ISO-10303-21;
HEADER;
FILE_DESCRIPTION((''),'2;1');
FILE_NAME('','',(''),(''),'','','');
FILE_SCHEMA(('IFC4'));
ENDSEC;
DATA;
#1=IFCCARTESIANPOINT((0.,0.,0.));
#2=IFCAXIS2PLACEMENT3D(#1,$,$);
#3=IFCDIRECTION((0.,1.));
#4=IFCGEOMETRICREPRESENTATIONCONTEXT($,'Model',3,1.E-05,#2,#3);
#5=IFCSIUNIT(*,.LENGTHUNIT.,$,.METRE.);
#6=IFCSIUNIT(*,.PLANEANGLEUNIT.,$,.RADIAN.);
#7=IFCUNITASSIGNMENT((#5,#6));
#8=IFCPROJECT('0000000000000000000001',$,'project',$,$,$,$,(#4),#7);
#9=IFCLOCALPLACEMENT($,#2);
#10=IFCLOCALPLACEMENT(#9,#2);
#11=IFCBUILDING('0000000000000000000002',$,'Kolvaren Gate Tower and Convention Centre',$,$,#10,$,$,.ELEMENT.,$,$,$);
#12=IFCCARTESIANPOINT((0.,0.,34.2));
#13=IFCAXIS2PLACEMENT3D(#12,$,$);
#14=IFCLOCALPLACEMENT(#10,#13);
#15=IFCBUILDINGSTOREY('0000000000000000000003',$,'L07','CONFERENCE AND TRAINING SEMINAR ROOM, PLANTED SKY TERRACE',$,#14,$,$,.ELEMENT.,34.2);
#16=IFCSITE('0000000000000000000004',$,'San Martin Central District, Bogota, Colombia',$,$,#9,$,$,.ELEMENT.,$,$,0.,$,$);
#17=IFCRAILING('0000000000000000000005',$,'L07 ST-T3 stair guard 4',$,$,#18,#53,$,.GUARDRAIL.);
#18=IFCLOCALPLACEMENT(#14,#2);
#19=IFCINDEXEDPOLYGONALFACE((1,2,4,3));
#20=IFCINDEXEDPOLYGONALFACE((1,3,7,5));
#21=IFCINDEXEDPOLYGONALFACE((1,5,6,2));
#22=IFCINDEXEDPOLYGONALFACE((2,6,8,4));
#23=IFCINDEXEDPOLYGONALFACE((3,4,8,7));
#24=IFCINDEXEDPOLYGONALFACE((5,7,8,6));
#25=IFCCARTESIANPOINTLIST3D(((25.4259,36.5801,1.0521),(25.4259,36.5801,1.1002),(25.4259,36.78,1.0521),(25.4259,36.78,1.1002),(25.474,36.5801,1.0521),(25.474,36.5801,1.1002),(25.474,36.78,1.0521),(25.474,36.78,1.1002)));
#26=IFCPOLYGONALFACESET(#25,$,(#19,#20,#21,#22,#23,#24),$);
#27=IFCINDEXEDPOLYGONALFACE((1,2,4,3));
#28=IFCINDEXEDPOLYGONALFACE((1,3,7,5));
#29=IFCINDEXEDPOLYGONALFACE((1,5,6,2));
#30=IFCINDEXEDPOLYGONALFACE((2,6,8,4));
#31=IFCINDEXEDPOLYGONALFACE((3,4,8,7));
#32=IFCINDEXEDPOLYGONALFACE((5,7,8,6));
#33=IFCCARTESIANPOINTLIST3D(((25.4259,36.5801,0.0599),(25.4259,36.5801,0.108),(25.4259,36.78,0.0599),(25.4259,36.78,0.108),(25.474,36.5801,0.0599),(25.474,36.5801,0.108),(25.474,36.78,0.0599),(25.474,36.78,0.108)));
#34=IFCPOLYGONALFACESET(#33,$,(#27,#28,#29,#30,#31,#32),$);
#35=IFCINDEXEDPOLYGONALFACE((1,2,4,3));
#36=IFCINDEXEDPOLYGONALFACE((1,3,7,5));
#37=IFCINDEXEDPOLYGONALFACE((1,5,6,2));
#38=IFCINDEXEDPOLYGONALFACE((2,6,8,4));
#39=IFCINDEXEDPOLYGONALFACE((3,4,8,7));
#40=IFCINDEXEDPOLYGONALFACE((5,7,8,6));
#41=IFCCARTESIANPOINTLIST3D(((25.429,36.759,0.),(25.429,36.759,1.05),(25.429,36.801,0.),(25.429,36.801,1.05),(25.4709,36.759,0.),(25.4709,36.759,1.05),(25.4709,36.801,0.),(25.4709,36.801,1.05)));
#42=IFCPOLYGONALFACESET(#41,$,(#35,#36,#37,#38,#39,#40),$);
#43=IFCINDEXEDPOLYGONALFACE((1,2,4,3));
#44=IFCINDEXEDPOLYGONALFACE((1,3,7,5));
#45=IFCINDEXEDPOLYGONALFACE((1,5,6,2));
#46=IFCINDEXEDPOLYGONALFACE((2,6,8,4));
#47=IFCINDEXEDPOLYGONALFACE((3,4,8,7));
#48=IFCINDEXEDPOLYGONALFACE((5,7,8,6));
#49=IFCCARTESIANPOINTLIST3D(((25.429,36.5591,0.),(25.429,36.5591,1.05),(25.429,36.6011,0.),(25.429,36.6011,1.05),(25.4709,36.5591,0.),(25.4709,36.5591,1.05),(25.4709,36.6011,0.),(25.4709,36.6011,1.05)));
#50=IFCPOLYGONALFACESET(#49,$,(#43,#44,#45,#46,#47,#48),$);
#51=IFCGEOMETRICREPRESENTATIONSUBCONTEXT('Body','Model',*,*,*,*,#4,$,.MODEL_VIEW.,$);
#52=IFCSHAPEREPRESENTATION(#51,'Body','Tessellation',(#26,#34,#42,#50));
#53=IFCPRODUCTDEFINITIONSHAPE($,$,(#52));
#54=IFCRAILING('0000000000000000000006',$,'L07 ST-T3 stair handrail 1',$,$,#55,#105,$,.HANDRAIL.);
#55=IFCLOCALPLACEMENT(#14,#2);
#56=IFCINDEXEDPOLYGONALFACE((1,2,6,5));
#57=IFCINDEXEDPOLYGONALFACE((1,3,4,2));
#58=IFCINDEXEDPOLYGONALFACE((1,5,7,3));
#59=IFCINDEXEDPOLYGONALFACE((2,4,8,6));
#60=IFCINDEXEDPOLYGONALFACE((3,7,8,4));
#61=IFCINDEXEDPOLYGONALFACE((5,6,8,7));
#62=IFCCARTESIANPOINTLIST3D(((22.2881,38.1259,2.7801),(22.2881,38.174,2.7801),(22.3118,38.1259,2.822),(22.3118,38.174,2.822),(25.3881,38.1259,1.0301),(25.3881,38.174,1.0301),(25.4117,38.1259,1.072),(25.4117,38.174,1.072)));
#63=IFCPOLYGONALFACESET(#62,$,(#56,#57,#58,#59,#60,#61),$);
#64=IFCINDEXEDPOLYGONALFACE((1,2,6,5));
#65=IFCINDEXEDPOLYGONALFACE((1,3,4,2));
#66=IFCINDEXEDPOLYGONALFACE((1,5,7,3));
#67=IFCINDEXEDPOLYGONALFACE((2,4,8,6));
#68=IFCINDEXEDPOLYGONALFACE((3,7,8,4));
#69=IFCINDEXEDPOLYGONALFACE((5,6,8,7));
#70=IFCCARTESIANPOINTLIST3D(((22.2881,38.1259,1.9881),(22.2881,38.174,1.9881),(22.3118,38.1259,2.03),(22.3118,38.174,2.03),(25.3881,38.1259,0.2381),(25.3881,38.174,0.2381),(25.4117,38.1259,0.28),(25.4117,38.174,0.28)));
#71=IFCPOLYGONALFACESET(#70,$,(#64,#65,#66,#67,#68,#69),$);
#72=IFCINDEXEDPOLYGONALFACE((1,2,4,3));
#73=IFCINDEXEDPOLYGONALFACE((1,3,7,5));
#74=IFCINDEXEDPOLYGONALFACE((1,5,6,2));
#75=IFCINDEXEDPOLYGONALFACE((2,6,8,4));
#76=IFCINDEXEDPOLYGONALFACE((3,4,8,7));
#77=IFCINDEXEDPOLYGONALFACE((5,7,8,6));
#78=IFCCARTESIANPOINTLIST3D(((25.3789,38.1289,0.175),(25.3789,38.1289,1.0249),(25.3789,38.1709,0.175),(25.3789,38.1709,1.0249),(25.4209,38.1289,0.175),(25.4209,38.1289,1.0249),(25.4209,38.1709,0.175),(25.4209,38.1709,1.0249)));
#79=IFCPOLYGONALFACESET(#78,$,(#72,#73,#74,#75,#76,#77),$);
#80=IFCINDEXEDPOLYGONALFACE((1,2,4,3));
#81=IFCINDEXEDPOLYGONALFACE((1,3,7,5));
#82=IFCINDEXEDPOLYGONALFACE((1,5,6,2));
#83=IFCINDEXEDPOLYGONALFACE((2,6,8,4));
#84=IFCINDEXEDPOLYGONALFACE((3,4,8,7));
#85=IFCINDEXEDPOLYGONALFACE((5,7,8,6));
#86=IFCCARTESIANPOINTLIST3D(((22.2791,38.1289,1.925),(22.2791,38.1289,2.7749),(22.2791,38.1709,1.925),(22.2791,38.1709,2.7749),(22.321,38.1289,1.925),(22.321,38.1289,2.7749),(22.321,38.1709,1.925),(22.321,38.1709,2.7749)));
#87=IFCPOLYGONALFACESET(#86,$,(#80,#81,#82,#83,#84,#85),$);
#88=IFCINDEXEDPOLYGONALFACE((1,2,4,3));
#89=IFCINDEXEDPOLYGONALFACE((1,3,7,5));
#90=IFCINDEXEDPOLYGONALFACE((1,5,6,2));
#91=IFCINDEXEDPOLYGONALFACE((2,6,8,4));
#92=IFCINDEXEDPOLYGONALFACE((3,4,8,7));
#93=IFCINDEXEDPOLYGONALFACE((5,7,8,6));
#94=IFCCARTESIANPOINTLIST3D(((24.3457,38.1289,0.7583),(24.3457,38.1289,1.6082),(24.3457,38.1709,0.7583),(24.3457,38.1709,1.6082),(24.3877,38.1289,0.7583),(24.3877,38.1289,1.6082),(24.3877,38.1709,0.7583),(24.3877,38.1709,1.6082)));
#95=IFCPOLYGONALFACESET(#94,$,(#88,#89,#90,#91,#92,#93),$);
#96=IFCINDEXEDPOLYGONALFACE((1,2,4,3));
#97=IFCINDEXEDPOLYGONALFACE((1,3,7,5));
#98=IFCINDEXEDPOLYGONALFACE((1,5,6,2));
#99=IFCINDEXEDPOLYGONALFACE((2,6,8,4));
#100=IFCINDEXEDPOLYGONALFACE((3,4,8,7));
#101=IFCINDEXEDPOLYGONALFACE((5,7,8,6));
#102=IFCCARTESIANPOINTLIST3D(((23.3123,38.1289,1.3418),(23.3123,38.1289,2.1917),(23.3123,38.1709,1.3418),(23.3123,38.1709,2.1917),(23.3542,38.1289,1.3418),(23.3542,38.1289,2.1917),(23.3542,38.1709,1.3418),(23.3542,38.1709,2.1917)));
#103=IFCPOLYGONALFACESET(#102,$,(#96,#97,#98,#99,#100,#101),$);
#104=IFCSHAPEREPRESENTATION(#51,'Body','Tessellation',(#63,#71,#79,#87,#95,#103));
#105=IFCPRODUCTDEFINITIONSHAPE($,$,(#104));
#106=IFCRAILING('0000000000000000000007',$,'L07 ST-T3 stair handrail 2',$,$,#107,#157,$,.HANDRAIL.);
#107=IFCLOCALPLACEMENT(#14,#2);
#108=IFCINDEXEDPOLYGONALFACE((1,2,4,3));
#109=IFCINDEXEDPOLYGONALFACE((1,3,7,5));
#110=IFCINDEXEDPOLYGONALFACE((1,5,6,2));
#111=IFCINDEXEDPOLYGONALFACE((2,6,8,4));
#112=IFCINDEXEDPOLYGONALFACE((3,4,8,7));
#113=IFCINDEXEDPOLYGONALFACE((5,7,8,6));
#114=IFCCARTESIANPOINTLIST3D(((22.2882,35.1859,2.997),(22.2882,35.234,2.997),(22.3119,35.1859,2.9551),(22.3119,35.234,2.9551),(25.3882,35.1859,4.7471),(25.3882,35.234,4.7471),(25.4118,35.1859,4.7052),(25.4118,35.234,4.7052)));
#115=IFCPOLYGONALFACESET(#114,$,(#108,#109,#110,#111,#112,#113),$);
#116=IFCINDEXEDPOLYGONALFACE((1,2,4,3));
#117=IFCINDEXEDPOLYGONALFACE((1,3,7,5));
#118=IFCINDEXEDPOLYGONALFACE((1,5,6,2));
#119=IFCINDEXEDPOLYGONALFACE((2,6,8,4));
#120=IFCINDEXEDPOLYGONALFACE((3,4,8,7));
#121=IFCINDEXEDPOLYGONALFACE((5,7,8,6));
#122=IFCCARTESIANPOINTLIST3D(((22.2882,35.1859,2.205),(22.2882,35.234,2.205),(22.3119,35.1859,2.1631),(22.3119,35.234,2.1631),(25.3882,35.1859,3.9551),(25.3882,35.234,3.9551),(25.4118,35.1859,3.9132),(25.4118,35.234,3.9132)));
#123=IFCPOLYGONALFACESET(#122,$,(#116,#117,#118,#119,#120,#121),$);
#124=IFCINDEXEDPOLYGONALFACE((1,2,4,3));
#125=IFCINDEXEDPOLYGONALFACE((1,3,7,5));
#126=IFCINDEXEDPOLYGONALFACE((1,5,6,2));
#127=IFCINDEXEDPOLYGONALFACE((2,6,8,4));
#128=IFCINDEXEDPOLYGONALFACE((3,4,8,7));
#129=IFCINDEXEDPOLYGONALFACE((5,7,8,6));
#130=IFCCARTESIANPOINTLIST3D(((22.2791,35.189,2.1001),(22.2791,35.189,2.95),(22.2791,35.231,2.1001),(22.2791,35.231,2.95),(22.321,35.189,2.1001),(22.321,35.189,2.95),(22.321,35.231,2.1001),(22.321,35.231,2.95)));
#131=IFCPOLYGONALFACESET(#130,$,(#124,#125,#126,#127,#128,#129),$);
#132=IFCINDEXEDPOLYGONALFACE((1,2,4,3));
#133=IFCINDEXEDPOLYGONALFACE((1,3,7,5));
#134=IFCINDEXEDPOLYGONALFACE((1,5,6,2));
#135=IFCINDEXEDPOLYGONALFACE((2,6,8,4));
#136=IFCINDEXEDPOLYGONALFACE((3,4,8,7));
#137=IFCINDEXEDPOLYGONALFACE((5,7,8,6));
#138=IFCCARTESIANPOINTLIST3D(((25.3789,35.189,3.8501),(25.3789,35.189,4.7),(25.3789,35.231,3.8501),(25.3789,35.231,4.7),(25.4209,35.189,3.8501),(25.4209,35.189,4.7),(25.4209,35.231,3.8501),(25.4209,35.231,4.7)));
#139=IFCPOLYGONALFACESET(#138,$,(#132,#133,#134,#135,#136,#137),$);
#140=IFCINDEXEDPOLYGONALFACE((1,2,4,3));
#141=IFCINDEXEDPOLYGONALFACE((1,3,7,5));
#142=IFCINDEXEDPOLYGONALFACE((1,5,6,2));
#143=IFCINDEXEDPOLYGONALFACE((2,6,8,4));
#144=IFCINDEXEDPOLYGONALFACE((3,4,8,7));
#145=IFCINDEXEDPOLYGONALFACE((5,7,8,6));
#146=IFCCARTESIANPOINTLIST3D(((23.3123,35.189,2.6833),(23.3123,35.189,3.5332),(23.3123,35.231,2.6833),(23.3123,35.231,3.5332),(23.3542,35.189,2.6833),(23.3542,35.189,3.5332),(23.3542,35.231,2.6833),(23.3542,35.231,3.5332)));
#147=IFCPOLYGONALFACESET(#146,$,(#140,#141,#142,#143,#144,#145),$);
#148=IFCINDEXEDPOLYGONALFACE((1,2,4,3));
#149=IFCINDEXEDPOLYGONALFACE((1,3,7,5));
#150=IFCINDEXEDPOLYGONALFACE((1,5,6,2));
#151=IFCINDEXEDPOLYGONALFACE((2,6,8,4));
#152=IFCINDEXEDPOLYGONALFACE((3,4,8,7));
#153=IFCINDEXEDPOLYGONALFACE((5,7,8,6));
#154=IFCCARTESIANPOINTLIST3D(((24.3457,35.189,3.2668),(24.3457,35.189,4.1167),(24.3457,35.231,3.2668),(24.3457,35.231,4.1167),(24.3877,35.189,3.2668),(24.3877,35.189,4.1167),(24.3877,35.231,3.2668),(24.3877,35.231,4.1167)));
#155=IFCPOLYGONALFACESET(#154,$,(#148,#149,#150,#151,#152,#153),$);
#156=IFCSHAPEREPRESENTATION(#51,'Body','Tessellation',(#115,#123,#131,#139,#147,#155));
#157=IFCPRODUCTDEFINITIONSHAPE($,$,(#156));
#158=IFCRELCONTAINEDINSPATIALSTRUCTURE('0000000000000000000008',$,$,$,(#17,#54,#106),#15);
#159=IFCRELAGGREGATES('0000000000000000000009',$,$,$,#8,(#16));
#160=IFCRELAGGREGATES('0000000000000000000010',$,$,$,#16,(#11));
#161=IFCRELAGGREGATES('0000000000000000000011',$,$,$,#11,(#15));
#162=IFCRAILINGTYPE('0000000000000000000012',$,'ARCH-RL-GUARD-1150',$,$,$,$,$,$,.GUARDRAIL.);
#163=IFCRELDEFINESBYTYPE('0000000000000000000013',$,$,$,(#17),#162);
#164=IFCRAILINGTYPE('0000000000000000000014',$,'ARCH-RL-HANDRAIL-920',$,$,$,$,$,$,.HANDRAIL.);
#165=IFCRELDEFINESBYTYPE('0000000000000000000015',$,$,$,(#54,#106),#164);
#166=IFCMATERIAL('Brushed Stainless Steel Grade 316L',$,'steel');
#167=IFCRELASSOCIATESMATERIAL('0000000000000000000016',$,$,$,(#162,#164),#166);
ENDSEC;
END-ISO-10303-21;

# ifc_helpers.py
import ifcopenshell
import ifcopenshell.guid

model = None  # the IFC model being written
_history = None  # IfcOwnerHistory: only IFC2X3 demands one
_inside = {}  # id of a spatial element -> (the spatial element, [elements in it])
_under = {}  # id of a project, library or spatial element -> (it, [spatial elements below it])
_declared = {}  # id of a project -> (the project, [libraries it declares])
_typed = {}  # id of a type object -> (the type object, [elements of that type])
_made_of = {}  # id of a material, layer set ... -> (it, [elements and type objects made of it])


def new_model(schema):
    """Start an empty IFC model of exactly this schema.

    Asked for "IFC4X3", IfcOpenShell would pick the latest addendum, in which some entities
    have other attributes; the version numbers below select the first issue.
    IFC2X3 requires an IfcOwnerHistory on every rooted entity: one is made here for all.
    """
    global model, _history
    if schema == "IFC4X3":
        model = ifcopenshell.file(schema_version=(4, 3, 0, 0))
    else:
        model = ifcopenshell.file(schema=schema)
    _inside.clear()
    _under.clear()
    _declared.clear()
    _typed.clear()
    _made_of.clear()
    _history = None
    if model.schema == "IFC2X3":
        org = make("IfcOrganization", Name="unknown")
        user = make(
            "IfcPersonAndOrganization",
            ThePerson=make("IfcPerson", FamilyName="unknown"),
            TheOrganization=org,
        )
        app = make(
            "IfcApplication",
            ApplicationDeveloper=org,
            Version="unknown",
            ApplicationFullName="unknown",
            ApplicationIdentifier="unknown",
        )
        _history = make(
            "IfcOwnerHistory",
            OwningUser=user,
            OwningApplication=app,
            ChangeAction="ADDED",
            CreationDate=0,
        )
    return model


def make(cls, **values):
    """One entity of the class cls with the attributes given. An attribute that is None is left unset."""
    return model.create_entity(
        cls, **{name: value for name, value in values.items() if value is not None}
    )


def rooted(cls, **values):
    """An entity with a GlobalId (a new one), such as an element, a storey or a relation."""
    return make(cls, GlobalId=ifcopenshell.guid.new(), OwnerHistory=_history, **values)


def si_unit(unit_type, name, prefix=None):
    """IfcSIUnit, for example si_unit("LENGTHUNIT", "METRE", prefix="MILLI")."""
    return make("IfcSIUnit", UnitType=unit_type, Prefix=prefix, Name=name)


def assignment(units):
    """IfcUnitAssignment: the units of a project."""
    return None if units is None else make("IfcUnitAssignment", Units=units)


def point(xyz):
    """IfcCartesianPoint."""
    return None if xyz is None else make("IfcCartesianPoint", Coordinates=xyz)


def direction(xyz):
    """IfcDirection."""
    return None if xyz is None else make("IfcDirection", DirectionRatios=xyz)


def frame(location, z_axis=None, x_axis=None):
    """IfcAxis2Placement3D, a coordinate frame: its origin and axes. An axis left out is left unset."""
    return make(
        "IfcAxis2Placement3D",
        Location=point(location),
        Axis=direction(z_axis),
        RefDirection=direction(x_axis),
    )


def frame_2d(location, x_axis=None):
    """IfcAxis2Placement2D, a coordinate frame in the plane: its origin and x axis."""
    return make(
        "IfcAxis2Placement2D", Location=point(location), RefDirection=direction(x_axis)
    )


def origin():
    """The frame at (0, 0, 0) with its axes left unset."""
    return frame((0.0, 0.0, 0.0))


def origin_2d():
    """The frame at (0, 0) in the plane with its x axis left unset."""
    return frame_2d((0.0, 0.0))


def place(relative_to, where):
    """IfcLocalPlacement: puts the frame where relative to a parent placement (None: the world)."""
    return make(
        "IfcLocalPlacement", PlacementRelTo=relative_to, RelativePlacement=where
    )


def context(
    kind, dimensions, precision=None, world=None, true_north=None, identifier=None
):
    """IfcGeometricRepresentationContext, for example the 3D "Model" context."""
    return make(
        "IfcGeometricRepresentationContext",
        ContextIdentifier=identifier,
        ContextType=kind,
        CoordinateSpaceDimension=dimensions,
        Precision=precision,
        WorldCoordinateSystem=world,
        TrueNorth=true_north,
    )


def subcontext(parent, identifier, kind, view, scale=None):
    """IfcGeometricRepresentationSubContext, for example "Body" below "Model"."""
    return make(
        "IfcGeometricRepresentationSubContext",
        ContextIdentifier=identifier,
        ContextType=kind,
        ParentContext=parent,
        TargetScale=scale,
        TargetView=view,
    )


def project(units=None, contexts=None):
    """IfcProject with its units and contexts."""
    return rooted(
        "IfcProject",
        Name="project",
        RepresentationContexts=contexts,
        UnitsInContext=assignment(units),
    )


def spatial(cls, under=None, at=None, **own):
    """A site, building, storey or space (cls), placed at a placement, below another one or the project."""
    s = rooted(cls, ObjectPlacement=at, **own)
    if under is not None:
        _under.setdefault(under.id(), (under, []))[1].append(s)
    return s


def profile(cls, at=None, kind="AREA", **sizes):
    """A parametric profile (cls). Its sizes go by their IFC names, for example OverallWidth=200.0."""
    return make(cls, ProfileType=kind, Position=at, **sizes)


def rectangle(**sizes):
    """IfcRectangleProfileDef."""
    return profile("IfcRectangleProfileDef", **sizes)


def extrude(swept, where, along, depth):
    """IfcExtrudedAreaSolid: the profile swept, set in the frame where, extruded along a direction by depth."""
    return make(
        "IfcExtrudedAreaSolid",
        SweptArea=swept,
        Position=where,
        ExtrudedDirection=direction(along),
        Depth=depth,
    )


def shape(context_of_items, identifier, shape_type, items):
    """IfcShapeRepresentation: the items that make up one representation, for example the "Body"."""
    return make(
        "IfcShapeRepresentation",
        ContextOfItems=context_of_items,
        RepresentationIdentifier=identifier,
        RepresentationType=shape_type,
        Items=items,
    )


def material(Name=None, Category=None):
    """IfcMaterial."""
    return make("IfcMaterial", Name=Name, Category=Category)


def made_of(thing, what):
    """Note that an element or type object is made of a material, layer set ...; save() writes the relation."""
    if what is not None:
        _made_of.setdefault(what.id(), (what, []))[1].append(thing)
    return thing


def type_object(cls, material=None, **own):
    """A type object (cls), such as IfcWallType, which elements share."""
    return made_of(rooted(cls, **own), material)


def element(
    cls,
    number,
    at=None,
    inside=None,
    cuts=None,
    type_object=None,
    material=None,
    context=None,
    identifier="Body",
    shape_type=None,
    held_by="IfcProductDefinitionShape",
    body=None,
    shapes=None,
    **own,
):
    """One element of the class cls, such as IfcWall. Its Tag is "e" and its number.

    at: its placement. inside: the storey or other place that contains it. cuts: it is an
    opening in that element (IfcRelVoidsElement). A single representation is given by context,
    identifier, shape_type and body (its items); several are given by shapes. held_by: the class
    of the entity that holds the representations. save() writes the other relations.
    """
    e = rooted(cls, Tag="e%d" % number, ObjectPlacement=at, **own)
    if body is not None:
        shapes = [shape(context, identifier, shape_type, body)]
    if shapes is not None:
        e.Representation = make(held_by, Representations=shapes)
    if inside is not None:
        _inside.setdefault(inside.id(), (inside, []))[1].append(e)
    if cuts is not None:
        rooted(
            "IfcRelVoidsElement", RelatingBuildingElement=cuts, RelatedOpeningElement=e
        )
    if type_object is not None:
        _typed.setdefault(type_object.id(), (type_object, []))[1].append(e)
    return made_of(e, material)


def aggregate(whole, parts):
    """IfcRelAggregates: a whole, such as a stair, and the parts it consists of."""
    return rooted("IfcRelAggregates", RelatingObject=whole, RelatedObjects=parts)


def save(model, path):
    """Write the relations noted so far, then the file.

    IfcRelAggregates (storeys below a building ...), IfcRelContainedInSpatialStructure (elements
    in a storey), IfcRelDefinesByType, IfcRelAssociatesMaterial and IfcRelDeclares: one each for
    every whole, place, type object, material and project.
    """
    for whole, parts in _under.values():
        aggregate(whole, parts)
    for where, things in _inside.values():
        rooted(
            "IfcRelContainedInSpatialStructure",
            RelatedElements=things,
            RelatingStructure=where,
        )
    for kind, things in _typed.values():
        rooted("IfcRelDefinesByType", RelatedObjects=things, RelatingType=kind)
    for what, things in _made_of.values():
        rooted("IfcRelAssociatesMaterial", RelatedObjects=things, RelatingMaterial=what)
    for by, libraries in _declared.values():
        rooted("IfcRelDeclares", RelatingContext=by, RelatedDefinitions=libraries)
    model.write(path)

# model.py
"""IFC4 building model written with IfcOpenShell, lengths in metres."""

from ifc_helpers import new_model, si_unit, direction, frame, origin, origin_2d, place, context, subcontext, project, spatial, rectangle, extrude, material, type_object, element, save


model = new_model("IFC4")

# Units and contexts
model_context = context("Model", 3, precision=1e-05, world=origin(), true_north=direction((0.0, 1.0)))
body_context = subcontext(model_context, "Body", "Model", "MODEL_VIEW")
ifc_project = project(units=[si_unit("LENGTHUNIT", "METRE"), si_unit("PLANEANGLEUNIT", "RADIAN")], contexts=[model_context])

# Site, building, storey
site_placement = place(None, origin())
site = spatial("IfcSite", under=ifc_project, at=site_placement, Name="San Martin Central District, Bogota, Colombia", CompositionType="ELEMENT", RefElevation=0.0)
building_placement = place(site_placement, origin())
building = spatial("IfcBuilding", under=site, at=building_placement, Name="Kolvaren Gate Tower and Convention Centre", CompositionType="ELEMENT")
storey_placement = place(building_placement, frame((0.0, 0.0, 34.2)))
storey = spatial("IfcBuildingStorey", under=building, at=storey_placement, Name="L07", Description="CONFERENCE AND TRAINING SEMINAR ROOM, PLANTED SKY TERRACE", CompositionType="ELEMENT", Elevation=34.2)

# Railings
ifc_material_1 = material(Name="Brushed Stainless Steel Grade 316L", Category="steel")
railing_type_1 = type_object("IfcRailingType", Name="ARCH-RL-GUARD-1150", PredefinedType="GUARDRAIL", material=ifc_material_1)
railing_1_placement = place(storey_placement, frame((25.45, 36.78, 0.0)))
element("IfcRailing", 1, at=railing_1_placement, inside=storey, type_object=railing_type_1, Name="L07 ST-T3 stair guard 4", PredefinedType="GUARDRAIL", context=body_context, shape_type="SweptSolid", body=[
    extrude(rectangle(XDim=0.0481, YDim=0.0481, at=origin_2d()), frame((0.0, 0.0, 1.0762), z_axis=(0.0, -1.0, 0.0), x_axis=(1.0, 0.0, 0.0)), (0.0, 0.0, 1.0), 0.2),
    extrude(rectangle(XDim=0.0481, YDim=0.0481, at=origin_2d()), frame((0.0, 0.0, 0.084), z_axis=(0.0, -1.0, 0.0), x_axis=(1.0, 0.0, 0.0)), (0.0, 0.0, 1.0), 0.2),
    extrude(rectangle(XDim=0.042, YDim=0.042, at=origin_2d()), origin(), (0.0, 0.0, 1.0), 1.05),
    extrude(rectangle(XDim=0.042, YDim=0.042, at=origin_2d()), frame((0.0, -0.2, 0.0)), (0.0, 0.0, 1.0), 1.05),
])
railing_type_2 = type_object("IfcRailingType", Name="ARCH-RL-HANDRAIL-920", PredefinedType="HANDRAIL", material=ifc_material_1)
railing_2_placement = place(storey_placement, frame((25.3999, 38.1499, 0.175)))
element("IfcRailing", 2, at=railing_2_placement, inside=storey, type_object=railing_type_2, Name="L07 ST-T3 stair handrail 1", PredefinedType="HANDRAIL", context=body_context, shape_type="SweptSolid", body=[
    extrude(rectangle(XDim=0.0481, YDim=0.0481, at=origin_2d()), frame((0.0, 0.0, 0.876), z_axis=(-0.870814, 0.0, 0.491612), x_axis=(0.0, -1.0, 0.0)), (0.0, 0.0, 1.0), 3.5598),
    extrude(rectangle(XDim=0.0481, YDim=0.0481, at=origin_2d()), frame((0.0, 0.0, 0.084), z_axis=(-0.870814, 0.0, 0.491612), x_axis=(0.0, -1.0, 0.0)), (0.0, 0.0, 1.0), 3.5598),
    extrude(rectangle(XDim=0.042, YDim=0.042, at=origin_2d()), origin(), (0.0, 0.0, 1.0), 0.8499),
    extrude(rectangle(XDim=0.042, YDim=0.042, at=origin_2d()), frame((-3.0999, 0.0, 1.75)), (0.0, 0.0, 1.0), 0.8499),
    extrude(rectangle(XDim=0.042, YDim=0.042, at=origin_2d()), frame((-1.0332, 0.0, 0.5833)), (0.0, 0.0, 1.0), 0.8499),
    extrude(rectangle(XDim=0.042, YDim=0.042, at=origin_2d()), frame((-2.0667, 0.0, 1.1667)), (0.0, 0.0, 1.0), 0.8499),
])
railing_3_placement = place(storey_placement, frame((22.3, 35.21, 2.1001)))
element("IfcRailing", 3, at=railing_3_placement, inside=storey, type_object=railing_type_2, Name="L07 ST-T3 stair handrail 2", PredefinedType="HANDRAIL", context=body_context, shape_type="SweptSolid", body=[
    extrude(rectangle(XDim=0.0481, YDim=0.0481, at=origin_2d()), frame((0.0, 0.0, 0.876), z_axis=(0.870814, 0.0, 0.491612), x_axis=(0.0, 1.0, 0.0)), (0.0, 0.0, 1.0), 3.5598),
    extrude(rectangle(XDim=0.0481, YDim=0.0481, at=origin_2d()), frame((0.0, 0.0, 0.084), z_axis=(0.870814, 0.0, 0.491612), x_axis=(0.0, 1.0, 0.0)), (0.0, 0.0, 1.0), 3.5598),
    extrude(rectangle(XDim=0.042, YDim=0.042, at=origin_2d()), origin(), (0.0, 0.0, 1.0), 0.8499),
    extrude(rectangle(XDim=0.042, YDim=0.042, at=origin_2d()), frame((3.0999, 0.0, 1.75)), (0.0, 0.0, 1.0), 0.8499),
    extrude(rectangle(XDim=0.042, YDim=0.042, at=origin_2d()), frame((1.0332, 0.0, 0.5833)), (0.0, 0.0, 1.0), 0.8499),
    extrude(rectangle(XDim=0.042, YDim=0.042, at=origin_2d()), frame((2.0667, 0.0, 1.1667)), (0.0, 0.0, 1.0), 0.8499),
])

save(model, "model.ifc")
